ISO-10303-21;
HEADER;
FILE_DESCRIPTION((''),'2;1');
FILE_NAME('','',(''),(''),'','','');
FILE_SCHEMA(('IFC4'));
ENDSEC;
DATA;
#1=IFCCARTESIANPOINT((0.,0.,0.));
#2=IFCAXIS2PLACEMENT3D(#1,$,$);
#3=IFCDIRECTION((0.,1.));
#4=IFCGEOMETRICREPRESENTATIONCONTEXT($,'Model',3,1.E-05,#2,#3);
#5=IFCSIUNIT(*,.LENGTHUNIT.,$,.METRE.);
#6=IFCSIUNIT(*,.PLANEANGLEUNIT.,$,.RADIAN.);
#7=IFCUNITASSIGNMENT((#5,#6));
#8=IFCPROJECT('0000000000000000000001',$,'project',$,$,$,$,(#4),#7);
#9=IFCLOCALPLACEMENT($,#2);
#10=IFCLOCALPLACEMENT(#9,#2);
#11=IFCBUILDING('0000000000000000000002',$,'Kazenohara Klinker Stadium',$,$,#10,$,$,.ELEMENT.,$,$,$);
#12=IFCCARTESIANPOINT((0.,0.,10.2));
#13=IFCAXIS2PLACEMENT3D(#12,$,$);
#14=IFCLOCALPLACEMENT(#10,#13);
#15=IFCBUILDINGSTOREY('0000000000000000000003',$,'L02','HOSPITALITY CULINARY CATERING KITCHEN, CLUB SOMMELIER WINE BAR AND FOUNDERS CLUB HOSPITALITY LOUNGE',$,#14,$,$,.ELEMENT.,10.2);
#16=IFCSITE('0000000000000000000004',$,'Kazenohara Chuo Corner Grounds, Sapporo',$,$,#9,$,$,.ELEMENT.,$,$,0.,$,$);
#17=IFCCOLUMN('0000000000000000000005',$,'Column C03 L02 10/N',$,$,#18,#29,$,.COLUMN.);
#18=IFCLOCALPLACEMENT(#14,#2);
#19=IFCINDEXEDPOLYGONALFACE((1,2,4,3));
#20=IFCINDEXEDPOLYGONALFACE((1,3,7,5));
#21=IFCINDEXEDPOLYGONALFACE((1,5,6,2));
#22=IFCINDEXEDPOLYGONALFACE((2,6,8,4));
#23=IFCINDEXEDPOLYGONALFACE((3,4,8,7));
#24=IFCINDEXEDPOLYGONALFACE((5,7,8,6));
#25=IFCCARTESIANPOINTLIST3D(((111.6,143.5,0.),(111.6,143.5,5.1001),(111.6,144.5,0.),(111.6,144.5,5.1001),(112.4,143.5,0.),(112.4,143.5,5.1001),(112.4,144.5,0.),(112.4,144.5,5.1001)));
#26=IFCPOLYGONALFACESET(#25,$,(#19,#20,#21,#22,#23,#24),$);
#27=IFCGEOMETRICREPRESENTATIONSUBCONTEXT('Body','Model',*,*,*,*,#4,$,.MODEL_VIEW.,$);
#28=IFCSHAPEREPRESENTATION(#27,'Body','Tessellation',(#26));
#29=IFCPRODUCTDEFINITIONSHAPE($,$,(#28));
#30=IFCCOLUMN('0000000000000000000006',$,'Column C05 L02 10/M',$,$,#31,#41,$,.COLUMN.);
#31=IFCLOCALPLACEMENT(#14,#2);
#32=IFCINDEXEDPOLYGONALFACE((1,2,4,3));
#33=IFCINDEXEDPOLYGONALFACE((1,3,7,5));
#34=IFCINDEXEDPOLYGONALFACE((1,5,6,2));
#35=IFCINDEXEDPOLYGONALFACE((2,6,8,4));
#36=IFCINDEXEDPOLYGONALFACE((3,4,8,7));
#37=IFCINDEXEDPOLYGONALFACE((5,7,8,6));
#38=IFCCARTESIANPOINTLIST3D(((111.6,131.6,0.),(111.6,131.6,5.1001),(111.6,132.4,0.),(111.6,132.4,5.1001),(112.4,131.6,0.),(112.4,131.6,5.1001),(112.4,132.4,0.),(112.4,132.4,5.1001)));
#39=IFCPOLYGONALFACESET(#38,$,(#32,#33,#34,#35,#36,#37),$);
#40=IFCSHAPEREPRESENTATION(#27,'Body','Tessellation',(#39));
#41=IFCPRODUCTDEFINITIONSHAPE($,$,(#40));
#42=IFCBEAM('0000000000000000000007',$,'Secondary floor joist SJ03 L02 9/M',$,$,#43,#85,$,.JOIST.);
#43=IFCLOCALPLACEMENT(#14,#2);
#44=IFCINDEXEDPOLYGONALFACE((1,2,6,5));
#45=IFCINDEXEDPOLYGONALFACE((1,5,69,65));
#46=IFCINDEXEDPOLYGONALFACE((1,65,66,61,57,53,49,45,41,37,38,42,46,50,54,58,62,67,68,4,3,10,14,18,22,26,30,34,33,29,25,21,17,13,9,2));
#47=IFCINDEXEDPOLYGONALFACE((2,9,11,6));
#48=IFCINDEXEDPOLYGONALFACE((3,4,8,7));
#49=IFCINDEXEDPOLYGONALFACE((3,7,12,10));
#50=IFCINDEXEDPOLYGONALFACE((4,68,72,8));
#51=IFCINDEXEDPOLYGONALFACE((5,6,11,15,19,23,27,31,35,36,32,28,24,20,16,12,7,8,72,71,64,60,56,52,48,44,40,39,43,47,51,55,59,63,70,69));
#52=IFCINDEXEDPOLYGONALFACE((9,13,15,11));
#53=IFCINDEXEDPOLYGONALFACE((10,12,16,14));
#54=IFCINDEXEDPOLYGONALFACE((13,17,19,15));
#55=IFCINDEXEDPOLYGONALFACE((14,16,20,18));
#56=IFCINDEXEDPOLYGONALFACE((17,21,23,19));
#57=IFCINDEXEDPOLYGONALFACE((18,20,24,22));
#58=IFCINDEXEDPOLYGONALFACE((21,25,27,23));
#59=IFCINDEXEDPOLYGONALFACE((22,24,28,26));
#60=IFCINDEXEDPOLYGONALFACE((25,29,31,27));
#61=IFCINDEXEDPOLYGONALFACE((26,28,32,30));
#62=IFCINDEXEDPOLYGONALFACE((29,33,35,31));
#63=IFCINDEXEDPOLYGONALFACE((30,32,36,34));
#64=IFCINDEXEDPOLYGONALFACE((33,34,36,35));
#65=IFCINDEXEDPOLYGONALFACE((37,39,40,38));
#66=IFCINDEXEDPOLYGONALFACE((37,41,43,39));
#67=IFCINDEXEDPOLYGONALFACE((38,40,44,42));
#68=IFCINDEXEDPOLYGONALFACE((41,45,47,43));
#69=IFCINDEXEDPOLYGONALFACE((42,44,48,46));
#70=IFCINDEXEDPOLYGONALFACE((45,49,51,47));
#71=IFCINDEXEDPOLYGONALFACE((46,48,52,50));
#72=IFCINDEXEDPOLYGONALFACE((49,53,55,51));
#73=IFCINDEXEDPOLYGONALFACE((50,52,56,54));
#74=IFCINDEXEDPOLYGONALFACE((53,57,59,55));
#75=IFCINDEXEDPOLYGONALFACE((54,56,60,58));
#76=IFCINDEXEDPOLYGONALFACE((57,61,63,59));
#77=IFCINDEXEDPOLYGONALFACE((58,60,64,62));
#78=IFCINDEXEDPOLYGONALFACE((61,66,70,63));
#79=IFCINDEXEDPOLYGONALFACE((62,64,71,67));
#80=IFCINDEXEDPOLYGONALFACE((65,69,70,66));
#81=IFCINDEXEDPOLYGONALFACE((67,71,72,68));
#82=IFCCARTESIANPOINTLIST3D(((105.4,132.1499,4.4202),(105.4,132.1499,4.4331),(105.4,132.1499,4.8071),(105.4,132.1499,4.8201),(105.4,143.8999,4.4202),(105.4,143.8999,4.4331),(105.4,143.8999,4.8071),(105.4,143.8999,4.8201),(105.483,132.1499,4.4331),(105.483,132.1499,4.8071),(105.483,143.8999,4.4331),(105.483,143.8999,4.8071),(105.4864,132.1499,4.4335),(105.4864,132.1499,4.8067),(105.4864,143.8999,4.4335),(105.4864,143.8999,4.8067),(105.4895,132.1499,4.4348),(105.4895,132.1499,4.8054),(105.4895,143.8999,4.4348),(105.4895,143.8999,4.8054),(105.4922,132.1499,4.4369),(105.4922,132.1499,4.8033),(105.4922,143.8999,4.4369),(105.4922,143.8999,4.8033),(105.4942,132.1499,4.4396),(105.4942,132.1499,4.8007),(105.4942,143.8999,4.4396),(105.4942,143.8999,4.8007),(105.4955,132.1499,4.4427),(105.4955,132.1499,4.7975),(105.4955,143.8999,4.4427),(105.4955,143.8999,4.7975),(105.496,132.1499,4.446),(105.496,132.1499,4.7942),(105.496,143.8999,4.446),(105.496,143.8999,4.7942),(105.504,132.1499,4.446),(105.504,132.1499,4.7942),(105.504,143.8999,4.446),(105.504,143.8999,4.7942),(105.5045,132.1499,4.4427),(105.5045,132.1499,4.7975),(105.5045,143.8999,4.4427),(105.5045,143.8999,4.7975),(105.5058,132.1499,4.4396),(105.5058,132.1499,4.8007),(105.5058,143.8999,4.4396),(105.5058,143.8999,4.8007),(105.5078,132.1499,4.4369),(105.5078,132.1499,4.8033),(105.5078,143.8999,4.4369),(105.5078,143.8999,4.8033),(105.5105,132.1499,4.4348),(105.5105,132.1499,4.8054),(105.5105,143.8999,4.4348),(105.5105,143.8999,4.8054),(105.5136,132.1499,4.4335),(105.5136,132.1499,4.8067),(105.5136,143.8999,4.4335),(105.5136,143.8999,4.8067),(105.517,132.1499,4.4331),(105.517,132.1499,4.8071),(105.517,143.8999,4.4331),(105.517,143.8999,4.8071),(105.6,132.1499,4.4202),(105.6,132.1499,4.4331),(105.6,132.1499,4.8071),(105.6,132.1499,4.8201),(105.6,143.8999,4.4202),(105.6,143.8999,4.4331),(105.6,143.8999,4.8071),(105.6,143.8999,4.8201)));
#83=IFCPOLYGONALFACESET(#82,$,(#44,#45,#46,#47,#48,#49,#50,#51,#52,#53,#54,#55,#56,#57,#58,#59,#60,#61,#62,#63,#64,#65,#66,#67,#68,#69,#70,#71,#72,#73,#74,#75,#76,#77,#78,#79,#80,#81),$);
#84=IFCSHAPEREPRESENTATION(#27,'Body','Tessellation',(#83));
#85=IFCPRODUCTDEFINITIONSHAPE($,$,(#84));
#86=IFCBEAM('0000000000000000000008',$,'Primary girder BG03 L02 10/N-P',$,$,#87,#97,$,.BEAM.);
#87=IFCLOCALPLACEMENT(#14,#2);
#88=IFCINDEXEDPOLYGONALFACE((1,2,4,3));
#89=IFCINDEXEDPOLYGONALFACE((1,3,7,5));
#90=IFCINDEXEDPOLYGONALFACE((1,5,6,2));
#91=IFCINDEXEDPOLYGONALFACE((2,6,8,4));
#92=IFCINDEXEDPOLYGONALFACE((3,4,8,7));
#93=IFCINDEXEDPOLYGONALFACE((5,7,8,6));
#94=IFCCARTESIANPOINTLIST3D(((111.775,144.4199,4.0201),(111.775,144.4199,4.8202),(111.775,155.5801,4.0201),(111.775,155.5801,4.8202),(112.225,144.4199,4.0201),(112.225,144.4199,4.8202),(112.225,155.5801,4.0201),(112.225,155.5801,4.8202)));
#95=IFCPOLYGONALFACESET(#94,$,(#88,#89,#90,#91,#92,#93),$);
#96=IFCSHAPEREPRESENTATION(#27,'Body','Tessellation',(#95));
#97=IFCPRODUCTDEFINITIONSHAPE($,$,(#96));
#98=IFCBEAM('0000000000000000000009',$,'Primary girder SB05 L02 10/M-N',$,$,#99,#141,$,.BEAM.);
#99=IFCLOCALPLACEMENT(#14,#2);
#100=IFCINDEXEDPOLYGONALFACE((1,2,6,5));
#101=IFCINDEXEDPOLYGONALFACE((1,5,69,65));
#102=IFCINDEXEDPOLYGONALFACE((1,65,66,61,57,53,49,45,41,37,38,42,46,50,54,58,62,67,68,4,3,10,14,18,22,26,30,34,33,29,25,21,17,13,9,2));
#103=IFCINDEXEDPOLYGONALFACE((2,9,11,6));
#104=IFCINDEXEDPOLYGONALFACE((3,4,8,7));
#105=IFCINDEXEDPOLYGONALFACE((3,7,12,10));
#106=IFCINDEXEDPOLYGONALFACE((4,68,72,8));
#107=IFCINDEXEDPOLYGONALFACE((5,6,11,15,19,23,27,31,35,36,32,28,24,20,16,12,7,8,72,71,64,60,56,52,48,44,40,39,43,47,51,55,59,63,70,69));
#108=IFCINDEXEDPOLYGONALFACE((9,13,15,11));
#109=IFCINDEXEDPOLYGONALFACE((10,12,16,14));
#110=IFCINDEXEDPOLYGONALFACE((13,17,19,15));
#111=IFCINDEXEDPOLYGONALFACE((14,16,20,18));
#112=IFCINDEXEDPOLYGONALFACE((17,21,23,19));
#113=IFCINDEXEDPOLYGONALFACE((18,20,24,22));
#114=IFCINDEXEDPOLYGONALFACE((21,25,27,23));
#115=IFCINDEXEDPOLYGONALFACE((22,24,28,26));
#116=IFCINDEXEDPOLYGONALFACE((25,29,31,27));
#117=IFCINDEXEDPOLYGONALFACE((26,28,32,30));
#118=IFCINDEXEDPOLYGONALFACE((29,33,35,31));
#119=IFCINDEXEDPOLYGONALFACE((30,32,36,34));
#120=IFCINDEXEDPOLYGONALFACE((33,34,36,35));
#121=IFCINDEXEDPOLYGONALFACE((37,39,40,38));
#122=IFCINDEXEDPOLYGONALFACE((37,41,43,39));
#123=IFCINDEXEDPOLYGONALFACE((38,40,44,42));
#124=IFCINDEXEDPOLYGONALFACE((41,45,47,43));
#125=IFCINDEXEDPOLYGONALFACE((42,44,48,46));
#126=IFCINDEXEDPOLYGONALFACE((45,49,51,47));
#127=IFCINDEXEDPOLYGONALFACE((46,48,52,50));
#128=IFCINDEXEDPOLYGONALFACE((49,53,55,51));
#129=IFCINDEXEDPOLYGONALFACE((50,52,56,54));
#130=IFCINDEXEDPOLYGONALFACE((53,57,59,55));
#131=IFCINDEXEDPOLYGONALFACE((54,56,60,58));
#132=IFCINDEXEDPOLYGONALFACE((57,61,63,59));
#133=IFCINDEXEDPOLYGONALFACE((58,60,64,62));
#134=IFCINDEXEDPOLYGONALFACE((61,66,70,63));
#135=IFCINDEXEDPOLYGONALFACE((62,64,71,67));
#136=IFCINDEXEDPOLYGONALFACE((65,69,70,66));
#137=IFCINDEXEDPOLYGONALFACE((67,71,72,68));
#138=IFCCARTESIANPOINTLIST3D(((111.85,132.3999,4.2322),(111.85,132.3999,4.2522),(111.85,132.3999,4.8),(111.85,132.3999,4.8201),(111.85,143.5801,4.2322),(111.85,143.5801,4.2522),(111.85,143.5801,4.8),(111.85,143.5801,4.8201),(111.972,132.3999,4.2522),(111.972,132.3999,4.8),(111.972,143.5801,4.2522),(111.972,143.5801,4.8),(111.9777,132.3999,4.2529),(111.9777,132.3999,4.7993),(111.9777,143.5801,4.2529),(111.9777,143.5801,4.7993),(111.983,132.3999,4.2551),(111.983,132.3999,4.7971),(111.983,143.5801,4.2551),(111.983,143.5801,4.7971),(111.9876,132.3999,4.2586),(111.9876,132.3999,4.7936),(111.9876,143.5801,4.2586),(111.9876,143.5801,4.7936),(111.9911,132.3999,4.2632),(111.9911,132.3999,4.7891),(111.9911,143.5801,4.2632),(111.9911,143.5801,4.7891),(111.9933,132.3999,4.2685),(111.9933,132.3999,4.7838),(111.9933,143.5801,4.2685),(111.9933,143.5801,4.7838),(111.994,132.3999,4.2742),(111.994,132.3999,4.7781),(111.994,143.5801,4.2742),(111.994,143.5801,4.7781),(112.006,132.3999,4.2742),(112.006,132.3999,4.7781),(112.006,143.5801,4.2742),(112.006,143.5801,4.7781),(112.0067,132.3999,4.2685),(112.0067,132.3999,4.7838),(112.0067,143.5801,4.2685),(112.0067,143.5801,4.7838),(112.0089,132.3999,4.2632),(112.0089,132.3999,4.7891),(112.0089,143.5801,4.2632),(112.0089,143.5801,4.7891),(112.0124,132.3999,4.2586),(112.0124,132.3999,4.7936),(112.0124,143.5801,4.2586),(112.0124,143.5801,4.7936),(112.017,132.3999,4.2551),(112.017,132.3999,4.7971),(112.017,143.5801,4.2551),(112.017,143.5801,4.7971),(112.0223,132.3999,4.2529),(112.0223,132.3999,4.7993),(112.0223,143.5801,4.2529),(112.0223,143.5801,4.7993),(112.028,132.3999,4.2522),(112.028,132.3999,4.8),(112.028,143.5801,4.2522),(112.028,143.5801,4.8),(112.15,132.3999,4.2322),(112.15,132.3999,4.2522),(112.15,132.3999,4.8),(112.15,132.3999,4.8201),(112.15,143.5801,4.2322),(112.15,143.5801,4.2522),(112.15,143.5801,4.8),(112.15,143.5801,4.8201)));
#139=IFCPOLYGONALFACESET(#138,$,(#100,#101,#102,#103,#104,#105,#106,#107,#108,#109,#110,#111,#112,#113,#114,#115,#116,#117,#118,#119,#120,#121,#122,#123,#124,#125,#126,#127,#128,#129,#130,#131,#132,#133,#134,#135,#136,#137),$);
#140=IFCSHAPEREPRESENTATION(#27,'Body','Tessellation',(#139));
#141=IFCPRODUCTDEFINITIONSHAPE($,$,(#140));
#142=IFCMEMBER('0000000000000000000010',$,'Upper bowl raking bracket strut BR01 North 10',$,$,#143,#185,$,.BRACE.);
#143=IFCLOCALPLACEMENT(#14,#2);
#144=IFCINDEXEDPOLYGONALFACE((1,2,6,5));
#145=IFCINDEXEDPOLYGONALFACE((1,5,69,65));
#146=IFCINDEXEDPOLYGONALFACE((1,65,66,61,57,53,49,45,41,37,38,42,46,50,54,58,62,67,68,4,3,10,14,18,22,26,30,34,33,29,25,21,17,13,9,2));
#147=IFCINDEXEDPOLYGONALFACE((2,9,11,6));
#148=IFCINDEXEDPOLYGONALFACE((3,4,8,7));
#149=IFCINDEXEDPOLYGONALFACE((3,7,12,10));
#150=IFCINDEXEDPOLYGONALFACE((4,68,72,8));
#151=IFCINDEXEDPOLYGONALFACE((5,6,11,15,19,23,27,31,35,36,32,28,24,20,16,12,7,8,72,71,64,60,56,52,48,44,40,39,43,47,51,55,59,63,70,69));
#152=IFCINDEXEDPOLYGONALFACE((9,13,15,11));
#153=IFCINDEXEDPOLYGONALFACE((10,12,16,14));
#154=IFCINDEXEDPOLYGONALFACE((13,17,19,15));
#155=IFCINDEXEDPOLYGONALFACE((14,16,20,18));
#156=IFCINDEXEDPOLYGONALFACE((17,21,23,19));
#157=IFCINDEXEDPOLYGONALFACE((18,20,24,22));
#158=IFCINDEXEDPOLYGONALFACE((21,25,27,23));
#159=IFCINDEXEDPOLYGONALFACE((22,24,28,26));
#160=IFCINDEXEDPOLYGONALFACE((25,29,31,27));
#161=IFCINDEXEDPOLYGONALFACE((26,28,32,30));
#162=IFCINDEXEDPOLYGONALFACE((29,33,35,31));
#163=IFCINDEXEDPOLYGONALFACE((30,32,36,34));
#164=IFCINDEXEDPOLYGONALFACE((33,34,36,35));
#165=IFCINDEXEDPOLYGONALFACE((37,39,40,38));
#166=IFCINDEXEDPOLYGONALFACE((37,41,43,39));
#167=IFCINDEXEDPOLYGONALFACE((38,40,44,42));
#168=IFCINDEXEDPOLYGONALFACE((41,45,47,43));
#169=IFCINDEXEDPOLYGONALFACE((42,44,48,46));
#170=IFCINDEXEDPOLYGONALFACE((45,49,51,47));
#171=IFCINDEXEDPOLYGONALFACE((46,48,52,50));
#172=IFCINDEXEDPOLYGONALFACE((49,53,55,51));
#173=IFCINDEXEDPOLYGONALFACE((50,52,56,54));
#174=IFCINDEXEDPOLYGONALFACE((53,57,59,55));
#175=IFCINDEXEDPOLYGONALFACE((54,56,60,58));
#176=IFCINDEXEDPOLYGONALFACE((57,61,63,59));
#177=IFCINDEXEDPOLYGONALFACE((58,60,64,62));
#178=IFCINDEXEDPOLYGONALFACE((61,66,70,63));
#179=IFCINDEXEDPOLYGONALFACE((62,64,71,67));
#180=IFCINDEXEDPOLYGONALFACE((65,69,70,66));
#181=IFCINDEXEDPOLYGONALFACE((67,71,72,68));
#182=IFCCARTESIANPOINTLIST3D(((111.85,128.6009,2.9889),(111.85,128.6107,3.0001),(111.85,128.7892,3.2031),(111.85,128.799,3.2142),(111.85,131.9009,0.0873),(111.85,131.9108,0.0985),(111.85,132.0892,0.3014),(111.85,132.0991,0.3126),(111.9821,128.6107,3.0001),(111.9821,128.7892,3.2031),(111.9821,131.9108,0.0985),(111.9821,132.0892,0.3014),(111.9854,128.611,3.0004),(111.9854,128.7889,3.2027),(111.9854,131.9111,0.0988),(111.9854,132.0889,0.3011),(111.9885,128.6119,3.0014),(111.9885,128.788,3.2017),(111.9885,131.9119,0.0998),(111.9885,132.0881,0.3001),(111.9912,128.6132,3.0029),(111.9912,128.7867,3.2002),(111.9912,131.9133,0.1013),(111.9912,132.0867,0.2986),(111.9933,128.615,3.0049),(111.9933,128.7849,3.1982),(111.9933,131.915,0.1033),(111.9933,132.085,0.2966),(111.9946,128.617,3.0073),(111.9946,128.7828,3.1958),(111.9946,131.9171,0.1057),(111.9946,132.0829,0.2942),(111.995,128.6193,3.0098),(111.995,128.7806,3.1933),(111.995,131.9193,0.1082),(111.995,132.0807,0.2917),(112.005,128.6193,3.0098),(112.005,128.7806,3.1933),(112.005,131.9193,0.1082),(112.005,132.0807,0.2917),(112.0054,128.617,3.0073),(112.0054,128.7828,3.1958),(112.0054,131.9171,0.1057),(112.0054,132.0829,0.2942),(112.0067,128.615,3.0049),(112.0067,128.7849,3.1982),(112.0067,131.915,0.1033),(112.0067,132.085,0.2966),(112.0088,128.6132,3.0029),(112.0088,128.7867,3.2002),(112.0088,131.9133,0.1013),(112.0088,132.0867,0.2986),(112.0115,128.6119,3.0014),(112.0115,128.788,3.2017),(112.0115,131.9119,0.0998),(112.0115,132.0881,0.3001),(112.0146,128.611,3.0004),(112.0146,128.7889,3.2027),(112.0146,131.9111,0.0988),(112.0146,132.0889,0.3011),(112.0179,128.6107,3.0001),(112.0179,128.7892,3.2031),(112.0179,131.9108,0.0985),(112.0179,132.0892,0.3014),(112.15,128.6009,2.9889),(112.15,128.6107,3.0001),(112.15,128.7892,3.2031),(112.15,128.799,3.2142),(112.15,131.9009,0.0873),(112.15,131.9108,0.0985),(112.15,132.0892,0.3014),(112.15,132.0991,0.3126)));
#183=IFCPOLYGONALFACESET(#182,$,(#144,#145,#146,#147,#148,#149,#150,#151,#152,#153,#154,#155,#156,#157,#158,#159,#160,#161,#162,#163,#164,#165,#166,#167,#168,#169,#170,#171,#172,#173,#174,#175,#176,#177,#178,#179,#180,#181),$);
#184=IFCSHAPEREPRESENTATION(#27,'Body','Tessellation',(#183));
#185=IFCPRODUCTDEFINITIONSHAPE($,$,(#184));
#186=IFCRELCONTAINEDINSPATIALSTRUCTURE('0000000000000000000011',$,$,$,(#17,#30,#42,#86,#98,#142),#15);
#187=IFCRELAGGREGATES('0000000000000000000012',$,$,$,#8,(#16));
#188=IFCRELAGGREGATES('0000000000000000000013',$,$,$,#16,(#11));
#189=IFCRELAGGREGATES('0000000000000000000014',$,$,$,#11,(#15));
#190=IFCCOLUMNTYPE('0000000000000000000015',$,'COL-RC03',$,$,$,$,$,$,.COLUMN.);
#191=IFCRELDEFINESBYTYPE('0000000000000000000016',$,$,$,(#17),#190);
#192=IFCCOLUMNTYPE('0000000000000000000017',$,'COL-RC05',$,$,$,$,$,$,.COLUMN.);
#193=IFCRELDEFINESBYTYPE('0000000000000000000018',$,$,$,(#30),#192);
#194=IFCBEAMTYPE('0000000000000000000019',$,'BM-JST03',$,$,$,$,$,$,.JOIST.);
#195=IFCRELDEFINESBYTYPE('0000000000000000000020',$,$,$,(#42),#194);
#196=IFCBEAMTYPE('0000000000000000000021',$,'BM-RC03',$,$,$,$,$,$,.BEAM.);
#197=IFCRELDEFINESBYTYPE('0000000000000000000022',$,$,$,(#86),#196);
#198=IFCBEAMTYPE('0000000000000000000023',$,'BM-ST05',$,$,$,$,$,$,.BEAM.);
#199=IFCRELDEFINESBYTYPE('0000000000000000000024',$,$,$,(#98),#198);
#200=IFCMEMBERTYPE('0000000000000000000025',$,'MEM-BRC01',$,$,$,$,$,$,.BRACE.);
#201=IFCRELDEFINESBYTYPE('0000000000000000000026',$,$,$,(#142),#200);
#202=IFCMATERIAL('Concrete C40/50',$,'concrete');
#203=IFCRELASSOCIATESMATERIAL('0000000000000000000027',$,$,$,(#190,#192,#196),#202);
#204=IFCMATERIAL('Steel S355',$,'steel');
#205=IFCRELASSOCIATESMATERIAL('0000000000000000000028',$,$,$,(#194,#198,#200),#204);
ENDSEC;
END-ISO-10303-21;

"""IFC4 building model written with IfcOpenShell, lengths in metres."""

from ifc_helpers import new_model, si_unit, direction, frame, origin, origin_2d, place, context, subcontext, project, spatial, rectangle, i_section, extrude, material, material_profile, profile_set, type_object, element, save


model = new_model("IFC4")

# Units and contexts
model_context = context("Model", 3, precision=1e-05, world=origin(), true_north=direction((0.0, 1.0)))
body_context = subcontext(model_context, "Body", "Model", "MODEL_VIEW")
ifc_project = project(units=[si_unit("LENGTHUNIT", "METRE"), si_unit("PLANEANGLEUNIT", "RADIAN")], contexts=[model_context])

# Site, building, storey
site_placement = place(None, origin())
site = spatial("IfcSite", under=ifc_project, at=site_placement, Name="Kazenohara Chuo Corner Grounds, Sapporo", CompositionType="ELEMENT", RefElevation=0.0)
building_placement = place(site_placement, origin())
building = spatial("IfcBuilding", under=site, at=building_placement, Name="Kazenohara Klinker Stadium", CompositionType="ELEMENT")
storey_placement = place(building_placement, frame((0.0, 0.0, 10.2)))
storey = spatial("IfcBuildingStorey", under=building, at=storey_placement, Name="L02", Description="HOSPITALITY CULINARY CATERING KITCHEN, CLUB SOMMELIER WINE BAR AND FOUNDERS CLUB HOSPITALITY LOUNGE", CompositionType="ELEMENT", Elevation=10.2)

# Columns
ifc_material_1 = material(Name="Concrete C40/50", Category="concrete")
ifc_material_profile_1 = material_profile(ifc_material_1, rectangle(XDim=0.8, YDim=1.0, at=origin_2d()), Name="RC-COL-1000x800")
ifc_profile_set_1 = profile_set([ifc_material_profile_1], Name="Concrete C40/50")
column_type_1 = type_object("IfcColumnType", Name="COL-RC03", PredefinedType="COLUMN", material=ifc_profile_set_1)
column_1_placement = place(storey_placement, frame((112.0, 144.0, 0.0), z_axis=(0.0, 0.0, 1.0), x_axis=(1.0, 0.0, 0.0)))
element("IfcColumn", 1, at=column_1_placement, inside=storey, type_object=column_type_1, Name="Column C03 L02 10/N", PredefinedType="COLUMN", context=body_context, shape_type="SweptSolid", body=[
    extrude(rectangle(XDim=0.8, YDim=1.0, at=origin_2d()), origin(), (0.0, 0.0, 1.0), 5.1001),
])
ifc_material_profile_2 = material_profile(ifc_material_1, rectangle(XDim=0.8, YDim=0.8, at=origin_2d()), Name="RC-COL-800x800")
ifc_profile_set_2 = profile_set([ifc_material_profile_2], Name="Concrete C40/50")
column_type_2 = type_object("IfcColumnType", Name="COL-RC05", PredefinedType="COLUMN", material=ifc_profile_set_2)
column_2_placement = place(storey_placement, frame((112.0, 132.0, 0.0), z_axis=(0.0, 0.0, 1.0), x_axis=(1.0, 0.0, 0.0)))
element("IfcColumn", 2, at=column_2_placement, inside=storey, type_object=column_type_2, Name="Column C05 L02 10/M", PredefinedType="COLUMN", context=body_context, shape_type="SweptSolid", body=[
    extrude(rectangle(XDim=0.8, YDim=0.8, at=origin_2d()), origin(), (0.0, 0.0, 1.0), 5.1001),
])

# Beams
ifc_material_2 = material(Name="Steel S355", Category="steel")
ifc_material_profile_3 = material_profile(ifc_material_2, i_section(OverallWidth=0.2, OverallDepth=0.3999, WebThickness=0.0081, FlangeThickness=0.0129, FilletRadius=0.0129, at=origin_2d()), Name="H-400x200x8x13")
ifc_profile_set_3 = profile_set([ifc_material_profile_3], Name="Steel S355")
beam_type_1 = type_object("IfcBeamType", Name="BM-JST03", PredefinedType="JOIST", material=ifc_profile_set_3)
beam_1_placement = place(storey_placement, frame((105.5, 132.1499, 4.6201), z_axis=(0.0, 1.0, 0.0), x_axis=(-1.0, 0.0, 0.0)))
element("IfcBeam", 3, at=beam_1_placement, inside=storey, type_object=beam_type_1, Name="Secondary floor joist SJ03 L02 9/M", PredefinedType="JOIST", context=body_context, shape_type="SweptSolid", body=[
    extrude(i_section(OverallWidth=0.2, OverallDepth=0.3999, WebThickness=0.0081, FlangeThickness=0.0129, FilletRadius=0.0129, at=origin_2d()), origin(), (0.0, 0.0, 1.0), 11.75),
])
ifc_material_profile_4 = material_profile(ifc_material_1, rectangle(XDim=0.45, YDim=0.8, at=origin_2d()), Name="RC-BM-450x800")
ifc_profile_set_4 = profile_set([ifc_material_profile_4], Name="Concrete C40/50")
beam_type_2 = type_object("IfcBeamType", Name="BM-RC03", PredefinedType="BEAM", material=ifc_profile_set_4)
beam_2_placement = place(storey_placement, frame((112.0, 144.4199, 4.4202), z_axis=(0.0, 1.0, 0.0), x_axis=(-1.0, 0.0, 0.0)))
element("IfcBeam", 4, at=beam_2_placement, inside=storey, type_object=beam_type_2, Name="Primary girder BG03 L02 10/N-P", PredefinedType="BEAM", context=body_context, shape_type="SweptSolid", body=[
    extrude(rectangle(XDim=0.45, YDim=0.8, at=origin_2d()), origin(), (0.0, 0.0, 1.0), 11.1602),
])
ifc_material_profile_5 = material_profile(ifc_material_2, i_section(OverallWidth=0.3, OverallDepth=0.5879, WebThickness=0.012, FlangeThickness=0.02, FilletRadius=0.022, at=origin_2d()), Name="H-588x300x12x20")
ifc_profile_set_5 = profile_set([ifc_material_profile_5], Name="Steel S355")
beam_type_3 = type_object("IfcBeamType", Name="BM-ST05", PredefinedType="BEAM", material=ifc_profile_set_5)
beam_3_placement = place(storey_placement, frame((112.0, 132.3999, 4.5261), z_axis=(0.0, 1.0, 0.0), x_axis=(-1.0, 0.0, 0.0)))
element("IfcBeam", 5, at=beam_3_placement, inside=storey, type_object=beam_type_3, Name="Primary girder SB05 L02 10/M-N", PredefinedType="BEAM", context=body_context, shape_type="SweptSolid", body=[
    extrude(i_section(OverallWidth=0.3, OverallDepth=0.5879, WebThickness=0.012, FlangeThickness=0.02, FilletRadius=0.022, at=origin_2d()), origin(), (0.0, 0.0, 1.0), 11.1802),
])

# Member
ifc_material_profile_6 = material_profile(ifc_material_2, i_section(OverallWidth=0.3, OverallDepth=0.3, WebThickness=0.01, FlangeThickness=0.0149, FilletRadius=0.0129, at=origin_2d()), Name="H-300x300x10x15")
ifc_profile_set_6 = profile_set([ifc_material_profile_6], Name="Steel S355")
member_type = type_object("IfcMemberType", Name="MEM-BRC01", PredefinedType="BRACE", material=ifc_profile_set_6)
member_placement = place(storey_placement, frame((112.0, 132.0, 0.2), z_axis=(0.0, -0.750988, 0.660316), x_axis=(1.0, 0.0, 0.0)))
element("IfcMember", 6, at=member_placement, inside=storey, type_object=member_type, Name="Upper bowl raking bracket strut BR01 North 10", PredefinedType="BRACE", context=body_context, shape_type="SweptSolid", body=[
    extrude(i_section(OverallWidth=0.3, OverallDepth=0.3, WebThickness=0.01, FlangeThickness=0.0149, FilletRadius=0.0129, at=origin_2d()), origin(), (0.0, 0.0, 1.0), 4.3943),
])

save(model, "model.ifc")
